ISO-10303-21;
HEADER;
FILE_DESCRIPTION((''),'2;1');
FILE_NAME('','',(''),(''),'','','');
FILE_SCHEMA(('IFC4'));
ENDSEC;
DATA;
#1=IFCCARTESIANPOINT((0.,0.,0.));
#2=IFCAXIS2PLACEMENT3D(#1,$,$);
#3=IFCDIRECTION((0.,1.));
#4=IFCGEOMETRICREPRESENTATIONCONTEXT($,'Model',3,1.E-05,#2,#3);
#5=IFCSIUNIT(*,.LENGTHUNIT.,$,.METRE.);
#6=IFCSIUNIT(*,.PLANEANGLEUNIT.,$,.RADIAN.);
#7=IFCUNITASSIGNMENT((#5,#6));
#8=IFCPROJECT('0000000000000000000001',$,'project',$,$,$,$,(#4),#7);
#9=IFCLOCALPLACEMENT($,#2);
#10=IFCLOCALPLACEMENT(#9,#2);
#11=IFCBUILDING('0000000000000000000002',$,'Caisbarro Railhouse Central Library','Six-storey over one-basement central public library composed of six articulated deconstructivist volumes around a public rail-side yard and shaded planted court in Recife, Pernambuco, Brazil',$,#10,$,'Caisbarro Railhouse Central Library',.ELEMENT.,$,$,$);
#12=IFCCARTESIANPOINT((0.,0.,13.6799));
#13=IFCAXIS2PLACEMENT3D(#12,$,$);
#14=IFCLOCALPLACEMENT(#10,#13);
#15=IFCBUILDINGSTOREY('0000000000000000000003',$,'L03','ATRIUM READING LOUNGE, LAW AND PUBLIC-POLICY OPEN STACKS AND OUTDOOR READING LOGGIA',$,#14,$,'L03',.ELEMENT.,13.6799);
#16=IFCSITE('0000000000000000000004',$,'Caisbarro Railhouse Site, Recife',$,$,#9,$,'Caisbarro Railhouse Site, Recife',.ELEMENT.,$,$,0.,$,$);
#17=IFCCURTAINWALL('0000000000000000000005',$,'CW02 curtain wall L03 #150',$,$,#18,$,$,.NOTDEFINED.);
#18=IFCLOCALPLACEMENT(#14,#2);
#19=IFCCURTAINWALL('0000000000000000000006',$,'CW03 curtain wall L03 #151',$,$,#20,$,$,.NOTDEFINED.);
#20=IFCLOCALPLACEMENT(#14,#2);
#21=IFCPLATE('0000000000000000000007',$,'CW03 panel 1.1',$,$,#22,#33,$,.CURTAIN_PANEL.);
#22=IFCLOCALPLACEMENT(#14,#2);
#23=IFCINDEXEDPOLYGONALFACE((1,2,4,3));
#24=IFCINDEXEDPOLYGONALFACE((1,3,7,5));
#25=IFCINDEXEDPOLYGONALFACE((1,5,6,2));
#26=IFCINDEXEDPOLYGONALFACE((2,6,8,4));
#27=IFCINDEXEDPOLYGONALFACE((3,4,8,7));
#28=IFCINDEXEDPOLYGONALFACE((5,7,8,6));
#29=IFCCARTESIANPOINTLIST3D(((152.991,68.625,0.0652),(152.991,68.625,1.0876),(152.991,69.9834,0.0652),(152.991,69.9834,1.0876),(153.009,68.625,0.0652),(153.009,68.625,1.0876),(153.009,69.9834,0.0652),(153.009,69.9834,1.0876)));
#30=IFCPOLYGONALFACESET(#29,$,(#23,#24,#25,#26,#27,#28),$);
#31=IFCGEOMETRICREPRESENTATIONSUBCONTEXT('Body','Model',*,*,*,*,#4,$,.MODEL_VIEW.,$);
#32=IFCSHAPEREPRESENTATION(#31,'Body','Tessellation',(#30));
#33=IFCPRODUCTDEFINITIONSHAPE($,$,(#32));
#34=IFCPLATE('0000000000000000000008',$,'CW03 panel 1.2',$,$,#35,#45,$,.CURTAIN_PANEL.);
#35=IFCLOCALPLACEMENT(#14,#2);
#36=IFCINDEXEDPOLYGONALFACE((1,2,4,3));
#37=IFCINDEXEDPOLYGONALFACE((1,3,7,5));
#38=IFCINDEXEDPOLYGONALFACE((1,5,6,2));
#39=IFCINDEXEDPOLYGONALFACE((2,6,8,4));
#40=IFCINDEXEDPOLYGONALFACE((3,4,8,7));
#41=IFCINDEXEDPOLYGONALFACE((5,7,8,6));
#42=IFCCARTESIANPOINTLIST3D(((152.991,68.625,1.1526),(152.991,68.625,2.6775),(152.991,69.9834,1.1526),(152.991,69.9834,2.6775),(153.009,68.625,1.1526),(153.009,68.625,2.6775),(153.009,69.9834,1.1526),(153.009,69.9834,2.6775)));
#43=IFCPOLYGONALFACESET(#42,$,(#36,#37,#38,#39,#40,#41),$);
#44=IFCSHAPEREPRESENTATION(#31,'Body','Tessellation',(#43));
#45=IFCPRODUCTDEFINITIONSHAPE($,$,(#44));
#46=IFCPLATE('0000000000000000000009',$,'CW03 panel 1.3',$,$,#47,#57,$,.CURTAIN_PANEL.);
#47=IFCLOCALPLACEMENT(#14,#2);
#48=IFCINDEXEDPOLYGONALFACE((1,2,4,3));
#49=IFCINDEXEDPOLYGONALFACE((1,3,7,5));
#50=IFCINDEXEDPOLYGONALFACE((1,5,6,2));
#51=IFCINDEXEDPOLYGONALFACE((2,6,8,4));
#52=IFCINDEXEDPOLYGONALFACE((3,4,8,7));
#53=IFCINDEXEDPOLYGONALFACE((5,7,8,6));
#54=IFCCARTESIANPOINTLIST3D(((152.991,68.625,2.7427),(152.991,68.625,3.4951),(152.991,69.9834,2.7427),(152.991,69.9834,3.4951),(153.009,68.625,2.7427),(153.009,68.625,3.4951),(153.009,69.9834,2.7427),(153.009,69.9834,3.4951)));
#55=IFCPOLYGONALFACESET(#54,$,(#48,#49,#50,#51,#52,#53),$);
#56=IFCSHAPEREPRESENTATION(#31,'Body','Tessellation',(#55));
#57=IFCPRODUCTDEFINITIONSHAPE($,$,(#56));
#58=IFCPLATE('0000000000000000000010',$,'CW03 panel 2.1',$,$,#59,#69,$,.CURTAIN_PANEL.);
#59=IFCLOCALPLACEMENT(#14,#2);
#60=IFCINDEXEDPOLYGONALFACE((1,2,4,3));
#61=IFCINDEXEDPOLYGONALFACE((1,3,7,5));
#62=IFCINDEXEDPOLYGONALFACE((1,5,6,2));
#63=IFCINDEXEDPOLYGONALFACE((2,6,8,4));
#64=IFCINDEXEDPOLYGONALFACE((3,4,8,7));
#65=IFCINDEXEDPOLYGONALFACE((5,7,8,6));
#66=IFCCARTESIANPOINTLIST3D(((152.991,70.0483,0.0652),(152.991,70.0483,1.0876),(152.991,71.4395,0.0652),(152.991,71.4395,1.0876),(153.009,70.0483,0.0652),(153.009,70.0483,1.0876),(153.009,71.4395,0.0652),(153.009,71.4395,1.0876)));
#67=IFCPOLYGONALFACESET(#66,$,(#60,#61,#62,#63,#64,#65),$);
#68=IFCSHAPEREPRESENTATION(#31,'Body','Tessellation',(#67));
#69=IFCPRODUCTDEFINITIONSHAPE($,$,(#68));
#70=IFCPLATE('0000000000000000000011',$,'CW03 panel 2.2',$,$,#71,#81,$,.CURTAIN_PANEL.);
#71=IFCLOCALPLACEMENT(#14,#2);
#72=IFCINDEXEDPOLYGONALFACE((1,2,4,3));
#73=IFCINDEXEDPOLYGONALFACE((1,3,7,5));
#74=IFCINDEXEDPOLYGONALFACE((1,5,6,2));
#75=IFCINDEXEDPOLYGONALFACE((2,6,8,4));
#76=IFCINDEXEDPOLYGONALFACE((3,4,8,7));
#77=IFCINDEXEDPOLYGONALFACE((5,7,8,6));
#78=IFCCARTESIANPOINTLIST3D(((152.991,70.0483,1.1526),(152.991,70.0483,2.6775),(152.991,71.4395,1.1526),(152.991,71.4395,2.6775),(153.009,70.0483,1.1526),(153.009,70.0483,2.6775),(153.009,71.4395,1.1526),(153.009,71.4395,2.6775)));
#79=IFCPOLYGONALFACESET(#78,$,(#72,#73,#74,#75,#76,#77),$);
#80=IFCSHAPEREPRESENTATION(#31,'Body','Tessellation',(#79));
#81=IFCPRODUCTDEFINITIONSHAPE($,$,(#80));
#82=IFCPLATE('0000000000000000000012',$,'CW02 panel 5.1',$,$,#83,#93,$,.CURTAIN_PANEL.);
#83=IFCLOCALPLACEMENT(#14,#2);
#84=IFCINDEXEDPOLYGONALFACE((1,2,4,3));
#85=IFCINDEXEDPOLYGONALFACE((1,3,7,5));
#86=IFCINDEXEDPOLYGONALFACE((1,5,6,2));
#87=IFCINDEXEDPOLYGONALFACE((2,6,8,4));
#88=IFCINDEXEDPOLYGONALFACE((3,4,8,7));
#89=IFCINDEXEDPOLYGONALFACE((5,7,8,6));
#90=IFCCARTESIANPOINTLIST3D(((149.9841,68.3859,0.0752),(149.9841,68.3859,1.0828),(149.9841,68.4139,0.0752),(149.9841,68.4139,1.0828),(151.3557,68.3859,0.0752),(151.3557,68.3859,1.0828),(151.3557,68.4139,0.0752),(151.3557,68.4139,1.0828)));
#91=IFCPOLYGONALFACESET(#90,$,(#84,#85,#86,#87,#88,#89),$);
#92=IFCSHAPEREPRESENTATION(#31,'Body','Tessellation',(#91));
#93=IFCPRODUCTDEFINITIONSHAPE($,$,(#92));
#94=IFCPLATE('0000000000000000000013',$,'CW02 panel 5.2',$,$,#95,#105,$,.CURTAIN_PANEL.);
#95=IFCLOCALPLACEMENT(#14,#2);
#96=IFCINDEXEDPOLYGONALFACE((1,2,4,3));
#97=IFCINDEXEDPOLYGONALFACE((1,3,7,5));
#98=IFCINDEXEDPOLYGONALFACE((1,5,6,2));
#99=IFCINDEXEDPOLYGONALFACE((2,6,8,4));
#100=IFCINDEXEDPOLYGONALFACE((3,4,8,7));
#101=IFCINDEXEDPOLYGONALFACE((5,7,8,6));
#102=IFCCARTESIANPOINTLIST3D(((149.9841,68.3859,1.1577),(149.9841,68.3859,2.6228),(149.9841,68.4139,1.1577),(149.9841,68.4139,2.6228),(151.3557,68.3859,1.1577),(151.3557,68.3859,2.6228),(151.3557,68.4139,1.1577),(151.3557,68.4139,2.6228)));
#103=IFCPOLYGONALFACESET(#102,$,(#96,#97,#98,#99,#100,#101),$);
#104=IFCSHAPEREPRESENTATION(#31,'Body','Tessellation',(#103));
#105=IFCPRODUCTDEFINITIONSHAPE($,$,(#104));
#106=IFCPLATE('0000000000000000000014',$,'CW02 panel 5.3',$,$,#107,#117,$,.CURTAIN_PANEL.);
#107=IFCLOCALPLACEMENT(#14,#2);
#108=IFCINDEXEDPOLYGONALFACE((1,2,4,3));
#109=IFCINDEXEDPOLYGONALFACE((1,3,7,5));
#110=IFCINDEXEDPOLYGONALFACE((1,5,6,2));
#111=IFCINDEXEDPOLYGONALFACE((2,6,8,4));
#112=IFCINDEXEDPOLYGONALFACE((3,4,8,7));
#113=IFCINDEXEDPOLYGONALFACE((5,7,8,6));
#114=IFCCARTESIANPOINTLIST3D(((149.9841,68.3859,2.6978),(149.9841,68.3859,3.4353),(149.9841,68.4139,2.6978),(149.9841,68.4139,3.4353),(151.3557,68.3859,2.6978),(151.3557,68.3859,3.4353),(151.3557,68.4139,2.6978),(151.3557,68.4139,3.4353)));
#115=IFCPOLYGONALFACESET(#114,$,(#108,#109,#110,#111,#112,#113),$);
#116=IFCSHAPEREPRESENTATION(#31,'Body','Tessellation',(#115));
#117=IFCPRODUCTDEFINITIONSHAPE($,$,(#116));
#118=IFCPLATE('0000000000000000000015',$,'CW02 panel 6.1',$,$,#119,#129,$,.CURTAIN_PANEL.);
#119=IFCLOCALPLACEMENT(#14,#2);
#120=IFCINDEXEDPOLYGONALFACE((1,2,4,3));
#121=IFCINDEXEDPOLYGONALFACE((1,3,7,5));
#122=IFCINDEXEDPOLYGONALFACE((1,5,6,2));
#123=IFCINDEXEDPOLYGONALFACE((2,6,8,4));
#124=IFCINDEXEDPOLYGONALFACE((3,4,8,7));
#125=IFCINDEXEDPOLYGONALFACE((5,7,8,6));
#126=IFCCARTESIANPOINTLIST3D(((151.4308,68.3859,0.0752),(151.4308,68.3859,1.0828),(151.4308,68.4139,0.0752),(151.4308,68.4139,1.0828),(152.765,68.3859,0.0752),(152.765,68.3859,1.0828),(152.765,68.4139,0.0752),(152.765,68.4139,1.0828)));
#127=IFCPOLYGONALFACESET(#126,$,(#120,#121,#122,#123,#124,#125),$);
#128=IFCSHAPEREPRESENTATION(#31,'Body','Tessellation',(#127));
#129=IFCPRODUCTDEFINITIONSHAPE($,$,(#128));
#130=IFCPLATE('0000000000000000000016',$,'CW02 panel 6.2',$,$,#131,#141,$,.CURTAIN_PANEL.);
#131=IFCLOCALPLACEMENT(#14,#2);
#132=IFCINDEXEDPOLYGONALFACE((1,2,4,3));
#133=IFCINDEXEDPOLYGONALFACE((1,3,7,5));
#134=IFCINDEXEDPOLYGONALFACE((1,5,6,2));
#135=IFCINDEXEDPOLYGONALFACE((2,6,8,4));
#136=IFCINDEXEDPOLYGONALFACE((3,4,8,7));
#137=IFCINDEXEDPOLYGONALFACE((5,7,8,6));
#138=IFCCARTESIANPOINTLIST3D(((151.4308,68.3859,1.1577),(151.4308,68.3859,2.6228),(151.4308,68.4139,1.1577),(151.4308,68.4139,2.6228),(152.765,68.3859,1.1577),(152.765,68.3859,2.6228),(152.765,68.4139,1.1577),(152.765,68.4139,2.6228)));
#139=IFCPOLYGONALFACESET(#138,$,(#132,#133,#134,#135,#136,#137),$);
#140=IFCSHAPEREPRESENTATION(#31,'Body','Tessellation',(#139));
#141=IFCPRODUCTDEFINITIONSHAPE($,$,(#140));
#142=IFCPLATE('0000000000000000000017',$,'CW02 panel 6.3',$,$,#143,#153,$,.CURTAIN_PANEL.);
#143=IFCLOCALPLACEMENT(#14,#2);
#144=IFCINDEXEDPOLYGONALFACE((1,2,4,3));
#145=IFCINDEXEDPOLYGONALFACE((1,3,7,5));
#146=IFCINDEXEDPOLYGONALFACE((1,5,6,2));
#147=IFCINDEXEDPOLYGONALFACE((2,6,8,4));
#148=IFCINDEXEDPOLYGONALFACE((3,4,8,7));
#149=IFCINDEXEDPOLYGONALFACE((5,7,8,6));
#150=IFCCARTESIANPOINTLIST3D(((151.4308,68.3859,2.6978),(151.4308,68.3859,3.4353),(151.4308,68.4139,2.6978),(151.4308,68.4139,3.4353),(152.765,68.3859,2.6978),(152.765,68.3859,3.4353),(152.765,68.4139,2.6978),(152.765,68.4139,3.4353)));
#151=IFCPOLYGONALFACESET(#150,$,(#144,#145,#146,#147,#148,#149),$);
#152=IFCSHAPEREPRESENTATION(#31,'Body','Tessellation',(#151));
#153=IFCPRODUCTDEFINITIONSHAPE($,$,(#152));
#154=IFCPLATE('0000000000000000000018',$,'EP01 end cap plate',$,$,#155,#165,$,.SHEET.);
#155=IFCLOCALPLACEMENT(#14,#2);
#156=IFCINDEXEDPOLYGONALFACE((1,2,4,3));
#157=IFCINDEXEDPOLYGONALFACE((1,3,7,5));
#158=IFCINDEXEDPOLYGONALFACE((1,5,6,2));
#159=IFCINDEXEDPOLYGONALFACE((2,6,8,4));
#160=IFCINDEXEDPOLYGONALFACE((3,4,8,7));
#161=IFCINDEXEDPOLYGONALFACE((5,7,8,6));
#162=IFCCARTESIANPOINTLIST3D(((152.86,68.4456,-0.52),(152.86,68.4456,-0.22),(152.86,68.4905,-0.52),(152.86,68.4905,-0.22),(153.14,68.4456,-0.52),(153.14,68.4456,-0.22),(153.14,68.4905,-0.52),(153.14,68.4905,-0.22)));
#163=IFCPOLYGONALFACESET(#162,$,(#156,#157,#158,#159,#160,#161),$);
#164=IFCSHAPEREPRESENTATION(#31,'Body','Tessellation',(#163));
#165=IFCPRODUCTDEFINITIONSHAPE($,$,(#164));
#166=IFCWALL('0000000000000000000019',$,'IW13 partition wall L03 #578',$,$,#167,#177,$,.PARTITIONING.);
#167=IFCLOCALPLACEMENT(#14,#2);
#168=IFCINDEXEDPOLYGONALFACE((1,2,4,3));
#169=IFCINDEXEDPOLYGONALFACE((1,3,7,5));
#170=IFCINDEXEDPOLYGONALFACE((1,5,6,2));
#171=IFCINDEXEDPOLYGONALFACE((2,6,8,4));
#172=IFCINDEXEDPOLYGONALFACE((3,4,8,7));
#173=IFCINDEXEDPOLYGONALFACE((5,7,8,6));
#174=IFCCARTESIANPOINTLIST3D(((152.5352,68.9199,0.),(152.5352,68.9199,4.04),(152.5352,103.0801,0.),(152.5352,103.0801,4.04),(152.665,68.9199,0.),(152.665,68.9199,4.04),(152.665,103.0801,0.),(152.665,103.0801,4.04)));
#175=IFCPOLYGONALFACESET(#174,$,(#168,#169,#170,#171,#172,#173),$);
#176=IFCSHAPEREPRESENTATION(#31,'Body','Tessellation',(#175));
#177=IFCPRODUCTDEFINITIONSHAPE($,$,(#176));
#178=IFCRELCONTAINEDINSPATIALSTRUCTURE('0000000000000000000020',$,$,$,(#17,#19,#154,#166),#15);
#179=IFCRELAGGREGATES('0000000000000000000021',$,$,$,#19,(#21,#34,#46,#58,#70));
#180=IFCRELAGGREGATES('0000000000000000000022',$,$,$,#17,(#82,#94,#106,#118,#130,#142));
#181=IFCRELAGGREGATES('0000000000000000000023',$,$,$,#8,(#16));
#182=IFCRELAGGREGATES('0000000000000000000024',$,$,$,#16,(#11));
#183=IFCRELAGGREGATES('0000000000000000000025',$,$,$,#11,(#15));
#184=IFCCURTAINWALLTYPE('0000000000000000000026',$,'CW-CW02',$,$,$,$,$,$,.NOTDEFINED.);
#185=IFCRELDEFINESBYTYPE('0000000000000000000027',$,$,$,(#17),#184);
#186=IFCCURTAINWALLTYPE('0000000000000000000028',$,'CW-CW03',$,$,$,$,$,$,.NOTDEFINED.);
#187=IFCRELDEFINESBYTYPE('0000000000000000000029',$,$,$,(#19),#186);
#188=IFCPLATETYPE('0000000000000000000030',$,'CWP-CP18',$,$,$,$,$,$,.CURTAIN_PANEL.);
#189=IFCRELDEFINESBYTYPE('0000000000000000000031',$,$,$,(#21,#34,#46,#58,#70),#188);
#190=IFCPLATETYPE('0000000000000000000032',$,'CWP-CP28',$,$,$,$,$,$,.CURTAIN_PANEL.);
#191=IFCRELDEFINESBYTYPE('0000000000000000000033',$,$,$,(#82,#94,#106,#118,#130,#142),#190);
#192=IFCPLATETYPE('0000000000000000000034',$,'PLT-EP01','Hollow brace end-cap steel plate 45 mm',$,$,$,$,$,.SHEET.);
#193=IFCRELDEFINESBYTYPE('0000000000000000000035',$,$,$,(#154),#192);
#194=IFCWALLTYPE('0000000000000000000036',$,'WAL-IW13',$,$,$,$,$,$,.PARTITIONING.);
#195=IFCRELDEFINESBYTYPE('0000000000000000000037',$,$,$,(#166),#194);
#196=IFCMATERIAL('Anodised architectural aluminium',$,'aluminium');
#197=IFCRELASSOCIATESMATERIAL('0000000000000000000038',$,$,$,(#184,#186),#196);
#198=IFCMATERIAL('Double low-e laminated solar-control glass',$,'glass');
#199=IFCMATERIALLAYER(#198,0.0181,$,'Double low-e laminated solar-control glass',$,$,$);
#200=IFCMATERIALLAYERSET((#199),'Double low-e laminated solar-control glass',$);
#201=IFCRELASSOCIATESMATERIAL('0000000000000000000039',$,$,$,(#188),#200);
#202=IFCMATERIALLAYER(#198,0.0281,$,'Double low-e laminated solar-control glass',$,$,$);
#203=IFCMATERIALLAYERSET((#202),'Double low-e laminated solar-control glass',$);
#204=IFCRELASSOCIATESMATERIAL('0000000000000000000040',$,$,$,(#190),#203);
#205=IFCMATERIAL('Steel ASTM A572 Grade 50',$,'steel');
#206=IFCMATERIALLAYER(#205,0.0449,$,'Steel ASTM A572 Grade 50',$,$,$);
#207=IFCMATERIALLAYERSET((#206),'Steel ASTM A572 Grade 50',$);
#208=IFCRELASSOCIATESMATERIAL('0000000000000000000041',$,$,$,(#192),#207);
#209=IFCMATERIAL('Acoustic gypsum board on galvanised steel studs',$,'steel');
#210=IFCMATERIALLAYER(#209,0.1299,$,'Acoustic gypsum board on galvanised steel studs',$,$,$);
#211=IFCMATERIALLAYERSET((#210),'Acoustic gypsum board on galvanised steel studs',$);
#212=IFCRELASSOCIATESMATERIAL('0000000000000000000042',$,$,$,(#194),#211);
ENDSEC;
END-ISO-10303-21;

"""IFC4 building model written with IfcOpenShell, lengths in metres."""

from ifc_helpers import new_model, si_unit, direction, frame, frame_2d, origin, origin_2d, place, context, subcontext, project, spatial, rectangle, extrude, material, layer, layer_set, type_object, element, aggregate, save


model = new_model("IFC4")

# Units and contexts
model_context = context("Model", 3, precision=1e-05, world=origin(), true_north=direction((0.0, 1.0)))
body_context = subcontext(model_context, "Body", "Model", "MODEL_VIEW")
ifc_project = project(units=[si_unit("LENGTHUNIT", "METRE"), si_unit("PLANEANGLEUNIT", "RADIAN")], contexts=[model_context])

# Site, building, storey
site_placement = place(None, origin())
site = spatial("IfcSite", under=ifc_project, at=site_placement, Name="Caisbarro Railhouse Site, Recife", LongName="Caisbarro Railhouse Site, Recife", CompositionType="ELEMENT", RefElevation=0.0)
building_placement = place(site_placement, origin())
building = spatial("IfcBuilding", under=site, at=building_placement, Name="Caisbarro Railhouse Central Library", Description="Six-storey over one-basement central public library composed of six articulated deconstructivist volumes around a public rail-side yard and shaded planted court in Recife, Pernambuco, Brazil", LongName="Caisbarro Railhouse Central Library", CompositionType="ELEMENT")
storey_placement = place(building_placement, frame((0.0, 0.0, 13.6799)))
storey = spatial("IfcBuildingStorey", under=building, at=storey_placement, Name="L03", Description="ATRIUM READING LOUNGE, LAW AND PUBLIC-POLICY OPEN STACKS AND OUTDOOR READING LOGGIA", LongName="L03", CompositionType="ELEMENT", Elevation=13.6799)

# Shared definitions
ifc_material_1 = material(Name="Steel ASTM A572 Grade 50", Category="steel")

# Curtain walls
ifc_material_2 = material(Name="Anodised architectural aluminium", Category="aluminium")
curtain_wall_type_1 = type_object("IfcCurtainWallType", Name="CW-CW02", PredefinedType="NOTDEFINED", material=ifc_material_2)
curtain_wall_1_placement = place(storey_placement, origin())
curtain_wall_1 = element("IfcCurtainWall", 1, at=curtain_wall_1_placement, inside=storey, type_object=curtain_wall_type_1, Name="CW02 curtain wall L03 #150", PredefinedType="NOTDEFINED")
curtain_wall_type_2 = type_object("IfcCurtainWallType", Name="CW-CW03", PredefinedType="NOTDEFINED", material=ifc_material_2)
curtain_wall_2_placement = place(storey_placement, origin())
curtain_wall_2 = element("IfcCurtainWall", 2, at=curtain_wall_2_placement, inside=storey, type_object=curtain_wall_type_2, Name="CW03 curtain wall L03 #151", PredefinedType="NOTDEFINED")

# Plates
ifc_material_3 = material(Name="Double low-e laminated solar-control glass", Category="glass")
ifc_layer_1 = layer(ifc_material_3, 0.0181, Name="Double low-e laminated solar-control glass")
ifc_layer_set_1 = layer_set([ifc_layer_1], Name="Double low-e laminated solar-control glass")
plate_type_1 = type_object("IfcPlateType", Name="CWP-CP18", PredefinedType="CURTAIN_PANEL", material=ifc_layer_set_1)
plate_1_placement = place(storey_placement, frame((153.0, 69.3042, 0.0652), z_axis=(0.0, 0.0, 1.0), x_axis=(0.0, 1.0, 0.0)))
plate_1 = element("IfcPlate", 3, at=plate_1_placement, type_object=plate_type_1, Name="CW03 panel 1.1", PredefinedType="CURTAIN_PANEL", context=body_context, shape_type="SweptSolid", body=[
    extrude(rectangle(XDim=1.3584, YDim=0.0181, at=origin_2d()), origin(), (0.0, 0.0, 1.0), 1.0225),
])
plate_2_placement = place(storey_placement, frame((153.0, 69.3042, 1.1526), z_axis=(0.0, 0.0, 1.0), x_axis=(0.0, 1.0, 0.0)))
plate_2 = element("IfcPlate", 4, at=plate_2_placement, type_object=plate_type_1, Name="CW03 panel 1.2", PredefinedType="CURTAIN_PANEL", context=body_context, shape_type="SweptSolid", body=[
    extrude(rectangle(XDim=1.3584, YDim=0.0181, at=origin_2d()), origin(), (0.0, 0.0, 1.0), 1.5249),
])
plate_3_placement = place(storey_placement, frame((153.0, 69.3042, 2.7427), z_axis=(0.0, 0.0, 1.0), x_axis=(0.0, 1.0, 0.0)))
plate_3 = element("IfcPlate", 5, at=plate_3_placement, type_object=plate_type_1, Name="CW03 panel 1.3", PredefinedType="CURTAIN_PANEL", context=body_context, shape_type="SweptSolid", body=[
    extrude(rectangle(XDim=1.3584, YDim=0.0181, at=origin_2d()), origin(), (0.0, 0.0, 1.0), 0.7524),
])
plate_4_placement = place(storey_placement, frame((153.0, 70.7439, 0.0652), z_axis=(0.0, 0.0, 1.0), x_axis=(0.0, 1.0, 0.0)))
plate_4 = element("IfcPlate", 6, at=plate_4_placement, type_object=plate_type_1, Name="CW03 panel 2.1", PredefinedType="CURTAIN_PANEL", context=body_context, shape_type="SweptSolid", body=[
    extrude(rectangle(XDim=1.3911, YDim=0.0181, at=origin_2d()), origin(), (0.0, 0.0, 1.0), 1.0225),
])
plate_5_placement = place(storey_placement, frame((153.0, 70.7439, 1.1526), z_axis=(0.0, 0.0, 1.0), x_axis=(0.0, 1.0, 0.0)))
plate_5 = element("IfcPlate", 7, at=plate_5_placement, type_object=plate_type_1, Name="CW03 panel 2.2", PredefinedType="CURTAIN_PANEL", context=body_context, shape_type="SweptSolid", body=[
    extrude(rectangle(XDim=1.3911, YDim=0.0181, at=origin_2d()), origin(), (0.0, 0.0, 1.0), 1.5249),
])
aggregate(curtain_wall_2, [plate_1, plate_2, plate_3, plate_4, plate_5])
ifc_layer_2 = layer(ifc_material_3, 0.0281, Name="Double low-e laminated solar-control glass")
ifc_layer_set_2 = layer_set([ifc_layer_2], Name="Double low-e laminated solar-control glass")
plate_type_2 = type_object("IfcPlateType", Name="CWP-CP28", PredefinedType="CURTAIN_PANEL", material=ifc_layer_set_2)
plate_6_placement = place(storey_placement, frame((150.6699, 68.3999, 0.0752), z_axis=(0.0, 0.0, 1.0), x_axis=(1.0, 0.0, 0.0)))
plate_6 = element("IfcPlate", 8, at=plate_6_placement, type_object=plate_type_2, Name="CW02 panel 5.1", PredefinedType="CURTAIN_PANEL", context=body_context, shape_type="SweptSolid", body=[
    extrude(rectangle(XDim=1.3716, YDim=0.0281, at=origin_2d()), origin(), (0.0, 0.0, 1.0), 1.0076),
])
plate_7_placement = place(storey_placement, frame((150.6699, 68.3999, 1.1577), z_axis=(0.0, 0.0, 1.0), x_axis=(1.0, 0.0, 0.0)))
plate_7 = element("IfcPlate", 9, at=plate_7_placement, type_object=plate_type_2, Name="CW02 panel 5.2", PredefinedType="CURTAIN_PANEL", context=body_context, shape_type="SweptSolid", body=[
    extrude(rectangle(XDim=1.3716, YDim=0.0281, at=origin_2d()), origin(), (0.0, 0.0, 1.0), 1.4651),
])
plate_8_placement = place(storey_placement, frame((150.6699, 68.3999, 2.6978), z_axis=(0.0, 0.0, 1.0), x_axis=(1.0, 0.0, 0.0)))
plate_8 = element("IfcPlate", 10, at=plate_8_placement, type_object=plate_type_2, Name="CW02 panel 5.3", PredefinedType="CURTAIN_PANEL", context=body_context, shape_type="SweptSolid", body=[
    extrude(rectangle(XDim=1.3716, YDim=0.0281, at=origin_2d()), origin(), (0.0, 0.0, 1.0), 0.7375),
])
plate_9_placement = place(storey_placement, frame((152.0979, 68.3999, 0.0752), z_axis=(0.0, 0.0, 1.0), x_axis=(1.0, 0.0, 0.0)))
plate_9 = element("IfcPlate", 11, at=plate_9_placement, type_object=plate_type_2, Name="CW02 panel 6.1", PredefinedType="CURTAIN_PANEL", context=body_context, shape_type="SweptSolid", body=[
    extrude(rectangle(XDim=1.3342, YDim=0.0281, at=origin_2d()), origin(), (0.0, 0.0, 1.0), 1.0076),
])
plate_10_placement = place(storey_placement, frame((152.0979, 68.3999, 1.1577), z_axis=(0.0, 0.0, 1.0), x_axis=(1.0, 0.0, 0.0)))
plate_10 = element("IfcPlate", 12, at=plate_10_placement, type_object=plate_type_2, Name="CW02 panel 6.2", PredefinedType="CURTAIN_PANEL", context=body_context, shape_type="SweptSolid", body=[
    extrude(rectangle(XDim=1.3342, YDim=0.0281, at=origin_2d()), origin(), (0.0, 0.0, 1.0), 1.4651),
])
plate_11_placement = place(storey_placement, frame((152.0979, 68.3999, 2.6978), z_axis=(0.0, 0.0, 1.0), x_axis=(1.0, 0.0, 0.0)))
plate_11 = element("IfcPlate", 13, at=plate_11_placement, type_object=plate_type_2, Name="CW02 panel 6.3", PredefinedType="CURTAIN_PANEL", context=body_context, shape_type="SweptSolid", body=[
    extrude(rectangle(XDim=1.3342, YDim=0.0281, at=origin_2d()), origin(), (0.0, 0.0, 1.0), 0.7375),
])
aggregate(curtain_wall_1, [plate_6, plate_7, plate_8, plate_9, plate_10, plate_11])
ifc_layer_3 = layer(ifc_material_1, 0.0449, Name="Steel ASTM A572 Grade 50")
ifc_layer_set_3 = layer_set([ifc_layer_3], Name="Steel ASTM A572 Grade 50")
plate_type_3 = type_object("IfcPlateType", Name="PLT-EP01", Description="Hollow brace end-cap steel plate 45 mm", PredefinedType="SHEET", material=ifc_layer_set_3)
plate_12_placement = place(storey_placement, frame((153.0, 68.468, -0.52), z_axis=(0.0, 0.0, 1.0), x_axis=(0.0, 1.0, 0.0)))
element("IfcPlate", 14, at=plate_12_placement, inside=storey, type_object=plate_type_3, Name="EP01 end cap plate", PredefinedType="SHEET", context=body_context, shape_type="SweptSolid", body=[
    extrude(rectangle(XDim=0.0449, YDim=0.28, at=origin_2d()), origin(), (0.0, 0.0, 1.0), 0.3),
])

# Wall
ifc_material_4 = material(Name="Acoustic gypsum board on galvanised steel studs", Category="steel")
ifc_layer_4 = layer(ifc_material_4, 0.1299, Name="Acoustic gypsum board on galvanised steel studs")
ifc_layer_set_4 = layer_set([ifc_layer_4], Name="Acoustic gypsum board on galvanised steel studs")
wall_type = type_object("IfcWallType", Name="WAL-IW13", PredefinedType="PARTITIONING", material=ifc_layer_set_4)
wall_placement = place(storey_placement, frame((152.6001, 68.9199, 0.0), z_axis=(0.0, 0.0, 1.0), x_axis=(0.0, 1.0, 0.0)))
element("IfcWall", 15, at=wall_placement, inside=storey, type_object=wall_type, Name="IW13 partition wall L03 #578", PredefinedType="PARTITIONING", context=body_context, shape_type="SweptSolid", body=[
    extrude(rectangle(XDim=34.1602, YDim=0.1299, at=frame_2d((17.0801, 0.0))), origin(), (0.0, 0.0, 1.0), 4.04),
])

save(model, "model.ifc")
